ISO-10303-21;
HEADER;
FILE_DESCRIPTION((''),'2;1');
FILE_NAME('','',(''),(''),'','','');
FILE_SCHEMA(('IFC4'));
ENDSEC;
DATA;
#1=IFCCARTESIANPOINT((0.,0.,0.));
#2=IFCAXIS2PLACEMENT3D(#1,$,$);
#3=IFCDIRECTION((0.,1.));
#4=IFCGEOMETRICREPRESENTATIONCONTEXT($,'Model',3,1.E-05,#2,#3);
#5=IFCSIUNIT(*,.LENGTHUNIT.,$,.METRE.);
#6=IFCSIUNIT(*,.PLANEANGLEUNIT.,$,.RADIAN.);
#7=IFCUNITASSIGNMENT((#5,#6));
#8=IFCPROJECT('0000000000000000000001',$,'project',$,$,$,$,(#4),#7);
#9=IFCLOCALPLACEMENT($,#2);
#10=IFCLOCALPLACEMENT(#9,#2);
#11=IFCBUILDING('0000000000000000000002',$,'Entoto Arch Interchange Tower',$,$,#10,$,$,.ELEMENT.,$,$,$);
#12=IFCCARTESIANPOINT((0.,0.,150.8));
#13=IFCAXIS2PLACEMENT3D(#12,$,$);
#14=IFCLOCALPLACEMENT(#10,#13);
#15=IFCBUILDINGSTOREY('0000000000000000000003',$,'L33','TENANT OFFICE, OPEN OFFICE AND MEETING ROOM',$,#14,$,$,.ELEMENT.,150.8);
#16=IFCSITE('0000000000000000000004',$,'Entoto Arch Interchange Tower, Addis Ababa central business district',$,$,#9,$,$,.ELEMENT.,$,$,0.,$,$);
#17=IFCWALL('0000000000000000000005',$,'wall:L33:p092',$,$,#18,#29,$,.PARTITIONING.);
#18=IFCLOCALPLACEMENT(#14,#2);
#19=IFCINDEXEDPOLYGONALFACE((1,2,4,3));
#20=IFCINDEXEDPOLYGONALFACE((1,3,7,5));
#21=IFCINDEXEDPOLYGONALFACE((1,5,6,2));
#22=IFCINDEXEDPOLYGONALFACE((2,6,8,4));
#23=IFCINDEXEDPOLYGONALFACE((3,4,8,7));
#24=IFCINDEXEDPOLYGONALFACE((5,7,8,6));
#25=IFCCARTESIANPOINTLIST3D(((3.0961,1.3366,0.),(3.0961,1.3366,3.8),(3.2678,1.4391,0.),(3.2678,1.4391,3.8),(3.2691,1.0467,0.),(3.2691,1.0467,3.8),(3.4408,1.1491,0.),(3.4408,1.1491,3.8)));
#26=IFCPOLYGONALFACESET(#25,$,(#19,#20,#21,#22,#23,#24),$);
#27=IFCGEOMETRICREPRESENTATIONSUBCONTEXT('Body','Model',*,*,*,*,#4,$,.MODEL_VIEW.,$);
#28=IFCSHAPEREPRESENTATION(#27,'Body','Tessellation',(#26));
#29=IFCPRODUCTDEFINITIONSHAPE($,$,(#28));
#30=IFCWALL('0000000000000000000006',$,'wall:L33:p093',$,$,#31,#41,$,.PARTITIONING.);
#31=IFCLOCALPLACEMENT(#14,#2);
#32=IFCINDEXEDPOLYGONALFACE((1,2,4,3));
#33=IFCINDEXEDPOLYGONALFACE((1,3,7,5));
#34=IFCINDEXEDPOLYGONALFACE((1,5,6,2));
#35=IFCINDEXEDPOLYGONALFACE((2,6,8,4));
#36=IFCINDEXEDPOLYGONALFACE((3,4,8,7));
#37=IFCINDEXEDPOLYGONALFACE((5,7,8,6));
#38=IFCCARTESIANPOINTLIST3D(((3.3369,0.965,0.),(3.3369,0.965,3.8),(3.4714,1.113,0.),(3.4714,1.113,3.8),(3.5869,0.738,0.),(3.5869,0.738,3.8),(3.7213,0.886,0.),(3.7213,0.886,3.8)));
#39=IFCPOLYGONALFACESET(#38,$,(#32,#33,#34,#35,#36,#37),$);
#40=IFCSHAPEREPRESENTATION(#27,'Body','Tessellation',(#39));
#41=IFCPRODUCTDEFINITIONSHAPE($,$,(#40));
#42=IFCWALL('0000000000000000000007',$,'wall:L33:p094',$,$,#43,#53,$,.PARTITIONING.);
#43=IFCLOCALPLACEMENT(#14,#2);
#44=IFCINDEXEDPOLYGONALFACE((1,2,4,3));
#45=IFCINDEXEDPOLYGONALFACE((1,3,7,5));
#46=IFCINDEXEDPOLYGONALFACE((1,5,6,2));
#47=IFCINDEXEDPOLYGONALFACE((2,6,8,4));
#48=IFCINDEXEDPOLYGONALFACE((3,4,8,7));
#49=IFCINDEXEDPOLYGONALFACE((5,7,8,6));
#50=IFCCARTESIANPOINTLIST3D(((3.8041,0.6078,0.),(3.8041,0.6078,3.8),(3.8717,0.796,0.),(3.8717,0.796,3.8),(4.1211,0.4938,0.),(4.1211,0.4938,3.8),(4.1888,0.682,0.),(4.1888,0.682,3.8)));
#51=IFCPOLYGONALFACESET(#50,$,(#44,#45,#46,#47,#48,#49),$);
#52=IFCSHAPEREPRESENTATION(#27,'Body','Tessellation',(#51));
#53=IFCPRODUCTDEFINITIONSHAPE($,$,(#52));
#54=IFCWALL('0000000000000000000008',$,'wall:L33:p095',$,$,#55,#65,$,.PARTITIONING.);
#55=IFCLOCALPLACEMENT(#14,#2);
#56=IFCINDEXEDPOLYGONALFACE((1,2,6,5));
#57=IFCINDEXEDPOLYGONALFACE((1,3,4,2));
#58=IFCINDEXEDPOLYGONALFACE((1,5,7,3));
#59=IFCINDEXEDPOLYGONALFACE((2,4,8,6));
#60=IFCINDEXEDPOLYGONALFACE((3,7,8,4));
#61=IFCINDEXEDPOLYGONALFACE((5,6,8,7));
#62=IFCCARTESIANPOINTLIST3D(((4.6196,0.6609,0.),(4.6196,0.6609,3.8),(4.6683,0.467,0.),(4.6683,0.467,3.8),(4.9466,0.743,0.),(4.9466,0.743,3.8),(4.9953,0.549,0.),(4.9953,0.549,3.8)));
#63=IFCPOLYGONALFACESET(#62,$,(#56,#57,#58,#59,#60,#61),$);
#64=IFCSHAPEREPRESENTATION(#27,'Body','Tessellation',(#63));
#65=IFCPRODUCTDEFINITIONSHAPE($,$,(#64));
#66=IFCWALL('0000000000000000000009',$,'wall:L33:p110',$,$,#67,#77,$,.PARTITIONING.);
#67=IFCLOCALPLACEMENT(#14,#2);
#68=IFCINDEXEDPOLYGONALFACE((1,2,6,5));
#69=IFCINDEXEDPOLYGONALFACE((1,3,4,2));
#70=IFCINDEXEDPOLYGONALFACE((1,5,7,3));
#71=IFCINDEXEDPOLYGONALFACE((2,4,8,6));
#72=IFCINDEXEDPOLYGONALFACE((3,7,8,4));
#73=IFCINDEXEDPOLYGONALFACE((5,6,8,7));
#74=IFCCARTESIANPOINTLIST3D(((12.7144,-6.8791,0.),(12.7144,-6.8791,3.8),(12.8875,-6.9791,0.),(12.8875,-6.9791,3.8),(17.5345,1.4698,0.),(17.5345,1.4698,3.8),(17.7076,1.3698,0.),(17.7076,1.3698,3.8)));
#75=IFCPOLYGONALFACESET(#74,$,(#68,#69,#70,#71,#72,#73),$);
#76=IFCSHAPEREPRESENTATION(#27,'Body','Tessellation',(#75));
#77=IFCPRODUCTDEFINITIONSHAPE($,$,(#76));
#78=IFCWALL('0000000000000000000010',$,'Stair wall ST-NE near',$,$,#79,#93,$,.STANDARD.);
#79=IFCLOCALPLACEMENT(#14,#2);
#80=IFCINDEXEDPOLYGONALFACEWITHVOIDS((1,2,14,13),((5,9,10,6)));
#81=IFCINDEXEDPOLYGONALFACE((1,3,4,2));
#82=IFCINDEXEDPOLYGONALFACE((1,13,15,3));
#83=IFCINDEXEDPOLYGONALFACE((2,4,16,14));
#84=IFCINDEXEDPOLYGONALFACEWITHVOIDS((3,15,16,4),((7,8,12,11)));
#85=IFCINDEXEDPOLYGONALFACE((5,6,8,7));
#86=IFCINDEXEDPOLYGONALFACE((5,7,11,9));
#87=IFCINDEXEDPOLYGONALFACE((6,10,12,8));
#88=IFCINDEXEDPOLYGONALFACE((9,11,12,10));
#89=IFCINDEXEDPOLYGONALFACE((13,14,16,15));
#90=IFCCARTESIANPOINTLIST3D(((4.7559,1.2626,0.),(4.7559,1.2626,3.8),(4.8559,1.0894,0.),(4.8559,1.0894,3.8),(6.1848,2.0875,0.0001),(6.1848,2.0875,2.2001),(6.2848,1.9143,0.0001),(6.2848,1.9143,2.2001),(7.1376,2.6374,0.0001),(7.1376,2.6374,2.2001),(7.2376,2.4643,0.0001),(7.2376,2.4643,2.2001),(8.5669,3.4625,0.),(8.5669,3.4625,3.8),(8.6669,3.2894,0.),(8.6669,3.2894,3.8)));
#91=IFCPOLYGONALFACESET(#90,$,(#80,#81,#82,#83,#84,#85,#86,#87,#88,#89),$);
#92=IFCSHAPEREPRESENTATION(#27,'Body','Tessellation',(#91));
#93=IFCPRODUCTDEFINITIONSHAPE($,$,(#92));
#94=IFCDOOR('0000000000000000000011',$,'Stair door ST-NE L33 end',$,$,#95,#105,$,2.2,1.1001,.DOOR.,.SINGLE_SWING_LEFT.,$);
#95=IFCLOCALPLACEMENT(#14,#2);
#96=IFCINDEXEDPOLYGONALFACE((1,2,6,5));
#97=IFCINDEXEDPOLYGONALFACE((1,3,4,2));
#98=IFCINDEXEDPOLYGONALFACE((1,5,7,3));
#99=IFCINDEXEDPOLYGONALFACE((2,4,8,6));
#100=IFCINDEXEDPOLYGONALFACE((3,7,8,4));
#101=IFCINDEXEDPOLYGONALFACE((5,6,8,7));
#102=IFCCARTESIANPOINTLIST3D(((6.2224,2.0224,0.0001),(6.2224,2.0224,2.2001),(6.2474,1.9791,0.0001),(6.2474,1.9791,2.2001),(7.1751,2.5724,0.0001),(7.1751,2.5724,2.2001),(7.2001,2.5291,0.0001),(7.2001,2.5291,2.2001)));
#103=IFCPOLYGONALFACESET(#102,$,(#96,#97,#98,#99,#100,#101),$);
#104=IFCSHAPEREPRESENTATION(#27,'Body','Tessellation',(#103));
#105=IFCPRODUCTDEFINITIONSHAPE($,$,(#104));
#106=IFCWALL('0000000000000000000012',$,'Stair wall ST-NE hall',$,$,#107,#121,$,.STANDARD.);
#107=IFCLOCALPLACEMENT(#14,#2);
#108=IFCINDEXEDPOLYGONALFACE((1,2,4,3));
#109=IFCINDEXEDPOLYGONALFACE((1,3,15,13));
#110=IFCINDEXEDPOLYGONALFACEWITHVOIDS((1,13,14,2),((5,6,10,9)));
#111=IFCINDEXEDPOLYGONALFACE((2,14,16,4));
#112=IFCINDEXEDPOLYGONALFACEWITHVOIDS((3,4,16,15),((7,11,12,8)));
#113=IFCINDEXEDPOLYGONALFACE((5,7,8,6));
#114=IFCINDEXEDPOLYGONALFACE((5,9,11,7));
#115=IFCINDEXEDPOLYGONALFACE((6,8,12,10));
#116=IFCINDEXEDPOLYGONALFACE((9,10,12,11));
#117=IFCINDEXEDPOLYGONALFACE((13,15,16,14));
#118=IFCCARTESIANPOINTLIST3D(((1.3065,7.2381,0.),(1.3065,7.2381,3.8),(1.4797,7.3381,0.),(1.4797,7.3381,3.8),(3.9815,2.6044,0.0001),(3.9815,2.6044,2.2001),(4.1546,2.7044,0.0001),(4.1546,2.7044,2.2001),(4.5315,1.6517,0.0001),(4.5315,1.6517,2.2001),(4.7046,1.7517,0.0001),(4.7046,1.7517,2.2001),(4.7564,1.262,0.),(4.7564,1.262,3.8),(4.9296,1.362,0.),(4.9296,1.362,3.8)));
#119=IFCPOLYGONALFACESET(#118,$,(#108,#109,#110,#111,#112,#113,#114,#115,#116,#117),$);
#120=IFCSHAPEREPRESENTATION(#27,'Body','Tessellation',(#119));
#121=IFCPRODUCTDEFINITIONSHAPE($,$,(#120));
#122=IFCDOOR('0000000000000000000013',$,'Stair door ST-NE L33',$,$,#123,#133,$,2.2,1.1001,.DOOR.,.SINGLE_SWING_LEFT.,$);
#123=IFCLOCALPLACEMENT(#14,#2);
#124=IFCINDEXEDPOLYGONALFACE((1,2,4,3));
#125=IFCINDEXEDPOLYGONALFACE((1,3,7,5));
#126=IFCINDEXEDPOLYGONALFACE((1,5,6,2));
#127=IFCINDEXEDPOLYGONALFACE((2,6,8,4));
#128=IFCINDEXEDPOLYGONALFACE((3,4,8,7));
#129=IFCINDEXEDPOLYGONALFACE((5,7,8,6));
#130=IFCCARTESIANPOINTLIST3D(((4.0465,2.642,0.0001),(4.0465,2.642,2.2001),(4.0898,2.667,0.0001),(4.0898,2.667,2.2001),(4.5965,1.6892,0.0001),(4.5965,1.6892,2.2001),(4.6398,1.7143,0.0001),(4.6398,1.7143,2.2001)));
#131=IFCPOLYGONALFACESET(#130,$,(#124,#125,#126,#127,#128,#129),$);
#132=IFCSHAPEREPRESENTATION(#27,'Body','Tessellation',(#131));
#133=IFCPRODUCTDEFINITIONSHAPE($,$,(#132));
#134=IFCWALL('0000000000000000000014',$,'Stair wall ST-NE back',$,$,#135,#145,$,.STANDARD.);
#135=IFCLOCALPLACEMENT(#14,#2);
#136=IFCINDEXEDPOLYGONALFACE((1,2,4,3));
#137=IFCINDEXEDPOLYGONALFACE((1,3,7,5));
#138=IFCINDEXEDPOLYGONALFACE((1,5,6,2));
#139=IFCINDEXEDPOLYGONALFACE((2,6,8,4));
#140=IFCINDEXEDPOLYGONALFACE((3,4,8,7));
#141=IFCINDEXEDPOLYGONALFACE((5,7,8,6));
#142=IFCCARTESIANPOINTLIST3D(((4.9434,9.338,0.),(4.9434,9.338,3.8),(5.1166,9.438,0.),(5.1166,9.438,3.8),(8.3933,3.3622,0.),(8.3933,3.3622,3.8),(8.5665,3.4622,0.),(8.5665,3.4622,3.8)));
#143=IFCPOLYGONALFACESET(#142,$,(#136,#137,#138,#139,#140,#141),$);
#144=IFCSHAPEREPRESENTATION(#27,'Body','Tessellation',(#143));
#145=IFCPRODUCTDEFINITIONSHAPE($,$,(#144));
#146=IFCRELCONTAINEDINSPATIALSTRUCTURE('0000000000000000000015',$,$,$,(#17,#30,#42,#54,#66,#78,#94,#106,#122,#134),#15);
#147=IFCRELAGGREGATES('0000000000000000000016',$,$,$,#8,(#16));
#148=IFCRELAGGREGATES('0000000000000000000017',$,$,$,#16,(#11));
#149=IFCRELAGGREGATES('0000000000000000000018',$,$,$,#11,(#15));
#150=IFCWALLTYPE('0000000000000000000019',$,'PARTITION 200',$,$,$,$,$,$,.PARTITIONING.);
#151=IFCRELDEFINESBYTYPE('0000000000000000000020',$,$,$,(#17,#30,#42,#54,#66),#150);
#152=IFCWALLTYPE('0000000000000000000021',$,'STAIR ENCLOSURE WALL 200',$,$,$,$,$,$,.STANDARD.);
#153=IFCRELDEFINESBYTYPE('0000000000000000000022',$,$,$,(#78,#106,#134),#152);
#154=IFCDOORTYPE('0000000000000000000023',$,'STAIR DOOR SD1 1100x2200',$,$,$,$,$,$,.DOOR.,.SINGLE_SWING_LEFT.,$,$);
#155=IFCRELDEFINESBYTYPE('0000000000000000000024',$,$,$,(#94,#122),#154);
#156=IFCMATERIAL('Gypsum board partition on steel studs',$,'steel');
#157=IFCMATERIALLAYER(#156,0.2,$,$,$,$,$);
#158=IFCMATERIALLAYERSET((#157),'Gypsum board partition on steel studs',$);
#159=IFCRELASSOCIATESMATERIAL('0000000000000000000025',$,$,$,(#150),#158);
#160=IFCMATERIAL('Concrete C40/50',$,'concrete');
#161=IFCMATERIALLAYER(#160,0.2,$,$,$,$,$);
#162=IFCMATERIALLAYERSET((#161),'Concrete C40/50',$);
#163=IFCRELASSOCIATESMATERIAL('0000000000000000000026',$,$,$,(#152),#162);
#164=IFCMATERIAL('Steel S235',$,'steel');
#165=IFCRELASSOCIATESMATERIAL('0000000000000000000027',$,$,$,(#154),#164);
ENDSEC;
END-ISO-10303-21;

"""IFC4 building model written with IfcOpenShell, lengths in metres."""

from ifc_helpers import new_model, si_unit, direction, frame, frame_2d, origin, place, context, subcontext, project, spatial, rectangle, extrude, material, layer, layer_set, type_object, element, fill, save


model = new_model("IFC4")

# Units and contexts
model_context = context("Model", 3, precision=1e-05, world=origin(), true_north=direction((0.0, 1.0)))
body_context = subcontext(model_context, "Body", "Model", "MODEL_VIEW")
ifc_project = project(units=[si_unit("LENGTHUNIT", "METRE"), si_unit("PLANEANGLEUNIT", "RADIAN")], contexts=[model_context])

# Site, building, storey
site_placement = place(None, origin())
site = spatial("IfcSite", under=ifc_project, at=site_placement, Name="Entoto Arch Interchange Tower, Addis Ababa central business district", CompositionType="ELEMENT", RefElevation=0.0)
building_placement = place(site_placement, origin())
building = spatial("IfcBuilding", under=site, at=building_placement, Name="Entoto Arch Interchange Tower", CompositionType="ELEMENT")
storey_placement = place(building_placement, frame((0.0, 0.0, 150.8)))
storey = spatial("IfcBuildingStorey", under=building, at=storey_placement, Name="L33", Description="TENANT OFFICE, OPEN OFFICE AND MEETING ROOM", CompositionType="ELEMENT", Elevation=150.8)

# Shared definitions
ifc_material_1 = material(Name="Concrete C40/50", Category="concrete")

# Shared definitions
ifc_material_2 = material(Name="Gypsum board partition on steel studs", Category="steel")
ifc_layer_1 = layer(ifc_material_2, 0.2)
ifc_layer_set_1 = layer_set([ifc_layer_1], Name="Gypsum board partition on steel studs")
wall_type_1 = type_object("IfcWallType", Name="PARTITION 200", PredefinedType="PARTITIONING", material=ifc_layer_set_1)

# Walls
for number, where, z_axis, x_axis, name in (
    (1, (3.1819, 1.3879, 0.0), (0.0, 0.0, 1.0), (0.512475, -0.858702, 0.0), "wall:L33:p092"),
    (2, (3.4041, 1.0391, 0.0), (0.0, 0.0, 1.0), (0.740267, -0.672313, 0.0), "wall:L33:p093"),
):
    element("IfcWall", number, at=place(storey_placement, frame(where, z_axis=z_axis, x_axis=x_axis)), inside=storey, type_object=wall_type_1, Name=name, PredefinedType="PARTITIONING", context=body_context, shape_type="SweptSolid", body=[
        extrude(rectangle(XDim=0.3376, YDim=0.2, at=frame_2d((0.1689, 0.0))), origin(), (0.0, 0.0, 1.0), 3.8),
    ])
wall_1_placement = place(storey_placement, frame((3.8379, 0.7019, 0.0), z_axis=(0.0, 0.0, 1.0), x_axis=(0.941035, -0.338309, 0.0)))
element("IfcWall", 3, at=wall_1_placement, inside=storey, type_object=wall_type_1, Name="wall:L33:p094", PredefinedType="PARTITIONING", context=body_context, shape_type="SweptSolid", body=[
    extrude(rectangle(XDim=0.3369, YDim=0.2, at=frame_2d((0.1685, 0.0))), origin(), (0.0, 0.0, 1.0), 3.8),
])
wall_2_placement = place(storey_placement, frame((4.644, 0.564, 0.0), z_axis=(0.0, 0.0, 1.0), x_axis=(0.969929, 0.243388, 0.0)))
element("IfcWall", 4, at=wall_2_placement, inside=storey, type_object=wall_type_1, Name="wall:L33:p095", PredefinedType="PARTITIONING", context=body_context, shape_type="SweptSolid", body=[
    extrude(rectangle(XDim=0.3372, YDim=0.2, at=frame_2d((0.1685, 0.0))), origin(), (0.0, 0.0, 1.0), 3.8),
])
wall_3_placement = place(storey_placement, frame((17.6211, 1.4199, 0.0), z_axis=(0.0, 0.0, 1.0), x_axis=(-0.499988, -0.866033, 0.0)))
element("IfcWall", 5, at=wall_3_placement, inside=storey, type_object=wall_type_1, Name="wall:L33:p110", PredefinedType="PARTITIONING", context=body_context, shape_type="SweptSolid", body=[
    extrude(rectangle(XDim=9.6404, YDim=0.2, at=frame_2d((4.8203, 0.0))), origin(), (0.0, 0.0, 1.0), 3.8),
])

# Walls, openings, doors
ifc_layer_2 = layer(ifc_material_1, 0.2)
ifc_layer_set_2 = layer_set([ifc_layer_2], Name="Concrete C40/50")
wall_type_2 = type_object("IfcWallType", Name="STAIR ENCLOSURE WALL 200", PredefinedType="STANDARD", material=ifc_layer_set_2)
wall_4_placement = place(storey_placement, frame((4.8059, 1.176, 0.0), z_axis=(0.0, 0.0, 1.0), x_axis=(0.86606, 0.49994, 0.0)))
wall_4 = element("IfcWall", 6, at=wall_4_placement, inside=storey, type_object=wall_type_2, Name="Stair wall ST-NE near", PredefinedType="STANDARD", context=body_context, shape_type="SweptSolid", body=[
    extrude(rectangle(XDim=4.4004, YDim=0.2, at=frame_2d((2.2002, 0.0))), origin(), (0.0, 0.0, 1.0), 3.8),
])
opening_1_placement = place(wall_4_placement, frame((1.6499, 0.0, 0.0)))
opening_1 = element("IfcOpeningElement", 7, at=opening_1_placement, cuts=wall_4, PredefinedType="OPENING", context=body_context, shape_type="SweptSolid", body=[
    extrude(rectangle(XDim=1.1001, YDim=2.2, at=frame_2d((0.55, 1.1001))), frame((0.0, 0.1099, 0.0), z_axis=(0.0, -1.0, 0.0), x_axis=(1.0, 0.0, 0.0)), (0.0, 0.0, 1.0), 0.22),
])
ifc_material_3 = material(Name="Steel S235", Category="steel")
door_type_1 = type_object("IfcDoorType", Name="STAIR DOOR SD1 1100x2200", OperationType="SINGLE_SWING_LEFT", PredefinedType="DOOR", material=ifc_material_3)
door_1_placement = place(opening_1_placement, origin())
door_1 = element("IfcDoor", 8, at=door_1_placement, inside=storey, type_object=door_type_1, Name="Stair door ST-NE L33 end", OperationType="SINGLE_SWING_LEFT", OverallHeight=2.2, OverallWidth=1.1001, PredefinedType="DOOR", context=body_context, shape_type="SweptSolid", body=[
    extrude(rectangle(XDim=1.1001, YDim=2.2, at=frame_2d((0.55, 1.1001))), frame((0.0, 0.0249, 0.0), z_axis=(0.0, -1.0, 0.0), x_axis=(1.0, 0.0, 0.0)), (0.0, 0.0, 1.0), 0.05),
])
fill(opening_1, door_1)
wall_5_placement = place(storey_placement, frame((4.843, 1.312, 0.0), z_axis=(0.0, 0.0, 1.0), x_axis=(-0.499963, 0.866047, 0.0)))
wall_5 = element("IfcWall", 9, at=wall_5_placement, inside=storey, type_object=wall_type_2, Name="Stair wall ST-NE hall", PredefinedType="STANDARD", context=body_context, shape_type="SweptSolid", body=[
    extrude(rectangle(XDim=6.9004, YDim=0.2, at=frame_2d((3.4502, 0.0))), origin(), (0.0, 0.0, 1.0), 3.8),
])
opening_2_placement = place(wall_5_placement, frame((0.45, 0.0, 0.0)))
opening_2 = element("IfcOpeningElement", 10, at=opening_2_placement, cuts=wall_5, PredefinedType="OPENING", context=body_context, shape_type="SweptSolid", body=[
    extrude(rectangle(XDim=1.1001, YDim=2.2, at=frame_2d((0.55, 1.1001))), frame((0.0, 0.1099, 0.0), z_axis=(0.0, -1.0, 0.0), x_axis=(1.0, 0.0, 0.0)), (0.0, 0.0, 1.0), 0.22),
])
door_2_placement = place(opening_2_placement, origin())
door_2 = element("IfcDoor", 11, at=door_2_placement, inside=storey, type_object=door_type_1, Name="Stair door ST-NE L33", OperationType="SINGLE_SWING_LEFT", OverallHeight=2.2, OverallWidth=1.1001, PredefinedType="DOOR", context=body_context, shape_type="SweptSolid", body=[
    extrude(rectangle(XDim=1.1001, YDim=2.2, at=frame_2d((0.55, 1.1001))), frame((0.0, 0.0249, 0.0), z_axis=(0.0, -1.0, 0.0), x_axis=(1.0, 0.0, 0.0)), (0.0, 0.0, 1.0), 0.05),
])
fill(opening_2, door_2)

# Wall
wall_6_placement = place(storey_placement, frame((8.48, 3.4121, 0.0), z_axis=(0.0, 0.0, 1.0), x_axis=(-0.499979, 0.866038, 0.0)))
element("IfcWall", 12, at=wall_6_placement, inside=storey, type_object=wall_type_2, Name="Stair wall ST-NE back", PredefinedType="STANDARD", context=body_context, shape_type="SweptSolid", body=[
    extrude(rectangle(XDim=6.9001, YDim=0.2, at=frame_2d((3.4502, 0.0))), origin(), (0.0, 0.0, 1.0), 3.8),
])

save(model, "model.ifc")
